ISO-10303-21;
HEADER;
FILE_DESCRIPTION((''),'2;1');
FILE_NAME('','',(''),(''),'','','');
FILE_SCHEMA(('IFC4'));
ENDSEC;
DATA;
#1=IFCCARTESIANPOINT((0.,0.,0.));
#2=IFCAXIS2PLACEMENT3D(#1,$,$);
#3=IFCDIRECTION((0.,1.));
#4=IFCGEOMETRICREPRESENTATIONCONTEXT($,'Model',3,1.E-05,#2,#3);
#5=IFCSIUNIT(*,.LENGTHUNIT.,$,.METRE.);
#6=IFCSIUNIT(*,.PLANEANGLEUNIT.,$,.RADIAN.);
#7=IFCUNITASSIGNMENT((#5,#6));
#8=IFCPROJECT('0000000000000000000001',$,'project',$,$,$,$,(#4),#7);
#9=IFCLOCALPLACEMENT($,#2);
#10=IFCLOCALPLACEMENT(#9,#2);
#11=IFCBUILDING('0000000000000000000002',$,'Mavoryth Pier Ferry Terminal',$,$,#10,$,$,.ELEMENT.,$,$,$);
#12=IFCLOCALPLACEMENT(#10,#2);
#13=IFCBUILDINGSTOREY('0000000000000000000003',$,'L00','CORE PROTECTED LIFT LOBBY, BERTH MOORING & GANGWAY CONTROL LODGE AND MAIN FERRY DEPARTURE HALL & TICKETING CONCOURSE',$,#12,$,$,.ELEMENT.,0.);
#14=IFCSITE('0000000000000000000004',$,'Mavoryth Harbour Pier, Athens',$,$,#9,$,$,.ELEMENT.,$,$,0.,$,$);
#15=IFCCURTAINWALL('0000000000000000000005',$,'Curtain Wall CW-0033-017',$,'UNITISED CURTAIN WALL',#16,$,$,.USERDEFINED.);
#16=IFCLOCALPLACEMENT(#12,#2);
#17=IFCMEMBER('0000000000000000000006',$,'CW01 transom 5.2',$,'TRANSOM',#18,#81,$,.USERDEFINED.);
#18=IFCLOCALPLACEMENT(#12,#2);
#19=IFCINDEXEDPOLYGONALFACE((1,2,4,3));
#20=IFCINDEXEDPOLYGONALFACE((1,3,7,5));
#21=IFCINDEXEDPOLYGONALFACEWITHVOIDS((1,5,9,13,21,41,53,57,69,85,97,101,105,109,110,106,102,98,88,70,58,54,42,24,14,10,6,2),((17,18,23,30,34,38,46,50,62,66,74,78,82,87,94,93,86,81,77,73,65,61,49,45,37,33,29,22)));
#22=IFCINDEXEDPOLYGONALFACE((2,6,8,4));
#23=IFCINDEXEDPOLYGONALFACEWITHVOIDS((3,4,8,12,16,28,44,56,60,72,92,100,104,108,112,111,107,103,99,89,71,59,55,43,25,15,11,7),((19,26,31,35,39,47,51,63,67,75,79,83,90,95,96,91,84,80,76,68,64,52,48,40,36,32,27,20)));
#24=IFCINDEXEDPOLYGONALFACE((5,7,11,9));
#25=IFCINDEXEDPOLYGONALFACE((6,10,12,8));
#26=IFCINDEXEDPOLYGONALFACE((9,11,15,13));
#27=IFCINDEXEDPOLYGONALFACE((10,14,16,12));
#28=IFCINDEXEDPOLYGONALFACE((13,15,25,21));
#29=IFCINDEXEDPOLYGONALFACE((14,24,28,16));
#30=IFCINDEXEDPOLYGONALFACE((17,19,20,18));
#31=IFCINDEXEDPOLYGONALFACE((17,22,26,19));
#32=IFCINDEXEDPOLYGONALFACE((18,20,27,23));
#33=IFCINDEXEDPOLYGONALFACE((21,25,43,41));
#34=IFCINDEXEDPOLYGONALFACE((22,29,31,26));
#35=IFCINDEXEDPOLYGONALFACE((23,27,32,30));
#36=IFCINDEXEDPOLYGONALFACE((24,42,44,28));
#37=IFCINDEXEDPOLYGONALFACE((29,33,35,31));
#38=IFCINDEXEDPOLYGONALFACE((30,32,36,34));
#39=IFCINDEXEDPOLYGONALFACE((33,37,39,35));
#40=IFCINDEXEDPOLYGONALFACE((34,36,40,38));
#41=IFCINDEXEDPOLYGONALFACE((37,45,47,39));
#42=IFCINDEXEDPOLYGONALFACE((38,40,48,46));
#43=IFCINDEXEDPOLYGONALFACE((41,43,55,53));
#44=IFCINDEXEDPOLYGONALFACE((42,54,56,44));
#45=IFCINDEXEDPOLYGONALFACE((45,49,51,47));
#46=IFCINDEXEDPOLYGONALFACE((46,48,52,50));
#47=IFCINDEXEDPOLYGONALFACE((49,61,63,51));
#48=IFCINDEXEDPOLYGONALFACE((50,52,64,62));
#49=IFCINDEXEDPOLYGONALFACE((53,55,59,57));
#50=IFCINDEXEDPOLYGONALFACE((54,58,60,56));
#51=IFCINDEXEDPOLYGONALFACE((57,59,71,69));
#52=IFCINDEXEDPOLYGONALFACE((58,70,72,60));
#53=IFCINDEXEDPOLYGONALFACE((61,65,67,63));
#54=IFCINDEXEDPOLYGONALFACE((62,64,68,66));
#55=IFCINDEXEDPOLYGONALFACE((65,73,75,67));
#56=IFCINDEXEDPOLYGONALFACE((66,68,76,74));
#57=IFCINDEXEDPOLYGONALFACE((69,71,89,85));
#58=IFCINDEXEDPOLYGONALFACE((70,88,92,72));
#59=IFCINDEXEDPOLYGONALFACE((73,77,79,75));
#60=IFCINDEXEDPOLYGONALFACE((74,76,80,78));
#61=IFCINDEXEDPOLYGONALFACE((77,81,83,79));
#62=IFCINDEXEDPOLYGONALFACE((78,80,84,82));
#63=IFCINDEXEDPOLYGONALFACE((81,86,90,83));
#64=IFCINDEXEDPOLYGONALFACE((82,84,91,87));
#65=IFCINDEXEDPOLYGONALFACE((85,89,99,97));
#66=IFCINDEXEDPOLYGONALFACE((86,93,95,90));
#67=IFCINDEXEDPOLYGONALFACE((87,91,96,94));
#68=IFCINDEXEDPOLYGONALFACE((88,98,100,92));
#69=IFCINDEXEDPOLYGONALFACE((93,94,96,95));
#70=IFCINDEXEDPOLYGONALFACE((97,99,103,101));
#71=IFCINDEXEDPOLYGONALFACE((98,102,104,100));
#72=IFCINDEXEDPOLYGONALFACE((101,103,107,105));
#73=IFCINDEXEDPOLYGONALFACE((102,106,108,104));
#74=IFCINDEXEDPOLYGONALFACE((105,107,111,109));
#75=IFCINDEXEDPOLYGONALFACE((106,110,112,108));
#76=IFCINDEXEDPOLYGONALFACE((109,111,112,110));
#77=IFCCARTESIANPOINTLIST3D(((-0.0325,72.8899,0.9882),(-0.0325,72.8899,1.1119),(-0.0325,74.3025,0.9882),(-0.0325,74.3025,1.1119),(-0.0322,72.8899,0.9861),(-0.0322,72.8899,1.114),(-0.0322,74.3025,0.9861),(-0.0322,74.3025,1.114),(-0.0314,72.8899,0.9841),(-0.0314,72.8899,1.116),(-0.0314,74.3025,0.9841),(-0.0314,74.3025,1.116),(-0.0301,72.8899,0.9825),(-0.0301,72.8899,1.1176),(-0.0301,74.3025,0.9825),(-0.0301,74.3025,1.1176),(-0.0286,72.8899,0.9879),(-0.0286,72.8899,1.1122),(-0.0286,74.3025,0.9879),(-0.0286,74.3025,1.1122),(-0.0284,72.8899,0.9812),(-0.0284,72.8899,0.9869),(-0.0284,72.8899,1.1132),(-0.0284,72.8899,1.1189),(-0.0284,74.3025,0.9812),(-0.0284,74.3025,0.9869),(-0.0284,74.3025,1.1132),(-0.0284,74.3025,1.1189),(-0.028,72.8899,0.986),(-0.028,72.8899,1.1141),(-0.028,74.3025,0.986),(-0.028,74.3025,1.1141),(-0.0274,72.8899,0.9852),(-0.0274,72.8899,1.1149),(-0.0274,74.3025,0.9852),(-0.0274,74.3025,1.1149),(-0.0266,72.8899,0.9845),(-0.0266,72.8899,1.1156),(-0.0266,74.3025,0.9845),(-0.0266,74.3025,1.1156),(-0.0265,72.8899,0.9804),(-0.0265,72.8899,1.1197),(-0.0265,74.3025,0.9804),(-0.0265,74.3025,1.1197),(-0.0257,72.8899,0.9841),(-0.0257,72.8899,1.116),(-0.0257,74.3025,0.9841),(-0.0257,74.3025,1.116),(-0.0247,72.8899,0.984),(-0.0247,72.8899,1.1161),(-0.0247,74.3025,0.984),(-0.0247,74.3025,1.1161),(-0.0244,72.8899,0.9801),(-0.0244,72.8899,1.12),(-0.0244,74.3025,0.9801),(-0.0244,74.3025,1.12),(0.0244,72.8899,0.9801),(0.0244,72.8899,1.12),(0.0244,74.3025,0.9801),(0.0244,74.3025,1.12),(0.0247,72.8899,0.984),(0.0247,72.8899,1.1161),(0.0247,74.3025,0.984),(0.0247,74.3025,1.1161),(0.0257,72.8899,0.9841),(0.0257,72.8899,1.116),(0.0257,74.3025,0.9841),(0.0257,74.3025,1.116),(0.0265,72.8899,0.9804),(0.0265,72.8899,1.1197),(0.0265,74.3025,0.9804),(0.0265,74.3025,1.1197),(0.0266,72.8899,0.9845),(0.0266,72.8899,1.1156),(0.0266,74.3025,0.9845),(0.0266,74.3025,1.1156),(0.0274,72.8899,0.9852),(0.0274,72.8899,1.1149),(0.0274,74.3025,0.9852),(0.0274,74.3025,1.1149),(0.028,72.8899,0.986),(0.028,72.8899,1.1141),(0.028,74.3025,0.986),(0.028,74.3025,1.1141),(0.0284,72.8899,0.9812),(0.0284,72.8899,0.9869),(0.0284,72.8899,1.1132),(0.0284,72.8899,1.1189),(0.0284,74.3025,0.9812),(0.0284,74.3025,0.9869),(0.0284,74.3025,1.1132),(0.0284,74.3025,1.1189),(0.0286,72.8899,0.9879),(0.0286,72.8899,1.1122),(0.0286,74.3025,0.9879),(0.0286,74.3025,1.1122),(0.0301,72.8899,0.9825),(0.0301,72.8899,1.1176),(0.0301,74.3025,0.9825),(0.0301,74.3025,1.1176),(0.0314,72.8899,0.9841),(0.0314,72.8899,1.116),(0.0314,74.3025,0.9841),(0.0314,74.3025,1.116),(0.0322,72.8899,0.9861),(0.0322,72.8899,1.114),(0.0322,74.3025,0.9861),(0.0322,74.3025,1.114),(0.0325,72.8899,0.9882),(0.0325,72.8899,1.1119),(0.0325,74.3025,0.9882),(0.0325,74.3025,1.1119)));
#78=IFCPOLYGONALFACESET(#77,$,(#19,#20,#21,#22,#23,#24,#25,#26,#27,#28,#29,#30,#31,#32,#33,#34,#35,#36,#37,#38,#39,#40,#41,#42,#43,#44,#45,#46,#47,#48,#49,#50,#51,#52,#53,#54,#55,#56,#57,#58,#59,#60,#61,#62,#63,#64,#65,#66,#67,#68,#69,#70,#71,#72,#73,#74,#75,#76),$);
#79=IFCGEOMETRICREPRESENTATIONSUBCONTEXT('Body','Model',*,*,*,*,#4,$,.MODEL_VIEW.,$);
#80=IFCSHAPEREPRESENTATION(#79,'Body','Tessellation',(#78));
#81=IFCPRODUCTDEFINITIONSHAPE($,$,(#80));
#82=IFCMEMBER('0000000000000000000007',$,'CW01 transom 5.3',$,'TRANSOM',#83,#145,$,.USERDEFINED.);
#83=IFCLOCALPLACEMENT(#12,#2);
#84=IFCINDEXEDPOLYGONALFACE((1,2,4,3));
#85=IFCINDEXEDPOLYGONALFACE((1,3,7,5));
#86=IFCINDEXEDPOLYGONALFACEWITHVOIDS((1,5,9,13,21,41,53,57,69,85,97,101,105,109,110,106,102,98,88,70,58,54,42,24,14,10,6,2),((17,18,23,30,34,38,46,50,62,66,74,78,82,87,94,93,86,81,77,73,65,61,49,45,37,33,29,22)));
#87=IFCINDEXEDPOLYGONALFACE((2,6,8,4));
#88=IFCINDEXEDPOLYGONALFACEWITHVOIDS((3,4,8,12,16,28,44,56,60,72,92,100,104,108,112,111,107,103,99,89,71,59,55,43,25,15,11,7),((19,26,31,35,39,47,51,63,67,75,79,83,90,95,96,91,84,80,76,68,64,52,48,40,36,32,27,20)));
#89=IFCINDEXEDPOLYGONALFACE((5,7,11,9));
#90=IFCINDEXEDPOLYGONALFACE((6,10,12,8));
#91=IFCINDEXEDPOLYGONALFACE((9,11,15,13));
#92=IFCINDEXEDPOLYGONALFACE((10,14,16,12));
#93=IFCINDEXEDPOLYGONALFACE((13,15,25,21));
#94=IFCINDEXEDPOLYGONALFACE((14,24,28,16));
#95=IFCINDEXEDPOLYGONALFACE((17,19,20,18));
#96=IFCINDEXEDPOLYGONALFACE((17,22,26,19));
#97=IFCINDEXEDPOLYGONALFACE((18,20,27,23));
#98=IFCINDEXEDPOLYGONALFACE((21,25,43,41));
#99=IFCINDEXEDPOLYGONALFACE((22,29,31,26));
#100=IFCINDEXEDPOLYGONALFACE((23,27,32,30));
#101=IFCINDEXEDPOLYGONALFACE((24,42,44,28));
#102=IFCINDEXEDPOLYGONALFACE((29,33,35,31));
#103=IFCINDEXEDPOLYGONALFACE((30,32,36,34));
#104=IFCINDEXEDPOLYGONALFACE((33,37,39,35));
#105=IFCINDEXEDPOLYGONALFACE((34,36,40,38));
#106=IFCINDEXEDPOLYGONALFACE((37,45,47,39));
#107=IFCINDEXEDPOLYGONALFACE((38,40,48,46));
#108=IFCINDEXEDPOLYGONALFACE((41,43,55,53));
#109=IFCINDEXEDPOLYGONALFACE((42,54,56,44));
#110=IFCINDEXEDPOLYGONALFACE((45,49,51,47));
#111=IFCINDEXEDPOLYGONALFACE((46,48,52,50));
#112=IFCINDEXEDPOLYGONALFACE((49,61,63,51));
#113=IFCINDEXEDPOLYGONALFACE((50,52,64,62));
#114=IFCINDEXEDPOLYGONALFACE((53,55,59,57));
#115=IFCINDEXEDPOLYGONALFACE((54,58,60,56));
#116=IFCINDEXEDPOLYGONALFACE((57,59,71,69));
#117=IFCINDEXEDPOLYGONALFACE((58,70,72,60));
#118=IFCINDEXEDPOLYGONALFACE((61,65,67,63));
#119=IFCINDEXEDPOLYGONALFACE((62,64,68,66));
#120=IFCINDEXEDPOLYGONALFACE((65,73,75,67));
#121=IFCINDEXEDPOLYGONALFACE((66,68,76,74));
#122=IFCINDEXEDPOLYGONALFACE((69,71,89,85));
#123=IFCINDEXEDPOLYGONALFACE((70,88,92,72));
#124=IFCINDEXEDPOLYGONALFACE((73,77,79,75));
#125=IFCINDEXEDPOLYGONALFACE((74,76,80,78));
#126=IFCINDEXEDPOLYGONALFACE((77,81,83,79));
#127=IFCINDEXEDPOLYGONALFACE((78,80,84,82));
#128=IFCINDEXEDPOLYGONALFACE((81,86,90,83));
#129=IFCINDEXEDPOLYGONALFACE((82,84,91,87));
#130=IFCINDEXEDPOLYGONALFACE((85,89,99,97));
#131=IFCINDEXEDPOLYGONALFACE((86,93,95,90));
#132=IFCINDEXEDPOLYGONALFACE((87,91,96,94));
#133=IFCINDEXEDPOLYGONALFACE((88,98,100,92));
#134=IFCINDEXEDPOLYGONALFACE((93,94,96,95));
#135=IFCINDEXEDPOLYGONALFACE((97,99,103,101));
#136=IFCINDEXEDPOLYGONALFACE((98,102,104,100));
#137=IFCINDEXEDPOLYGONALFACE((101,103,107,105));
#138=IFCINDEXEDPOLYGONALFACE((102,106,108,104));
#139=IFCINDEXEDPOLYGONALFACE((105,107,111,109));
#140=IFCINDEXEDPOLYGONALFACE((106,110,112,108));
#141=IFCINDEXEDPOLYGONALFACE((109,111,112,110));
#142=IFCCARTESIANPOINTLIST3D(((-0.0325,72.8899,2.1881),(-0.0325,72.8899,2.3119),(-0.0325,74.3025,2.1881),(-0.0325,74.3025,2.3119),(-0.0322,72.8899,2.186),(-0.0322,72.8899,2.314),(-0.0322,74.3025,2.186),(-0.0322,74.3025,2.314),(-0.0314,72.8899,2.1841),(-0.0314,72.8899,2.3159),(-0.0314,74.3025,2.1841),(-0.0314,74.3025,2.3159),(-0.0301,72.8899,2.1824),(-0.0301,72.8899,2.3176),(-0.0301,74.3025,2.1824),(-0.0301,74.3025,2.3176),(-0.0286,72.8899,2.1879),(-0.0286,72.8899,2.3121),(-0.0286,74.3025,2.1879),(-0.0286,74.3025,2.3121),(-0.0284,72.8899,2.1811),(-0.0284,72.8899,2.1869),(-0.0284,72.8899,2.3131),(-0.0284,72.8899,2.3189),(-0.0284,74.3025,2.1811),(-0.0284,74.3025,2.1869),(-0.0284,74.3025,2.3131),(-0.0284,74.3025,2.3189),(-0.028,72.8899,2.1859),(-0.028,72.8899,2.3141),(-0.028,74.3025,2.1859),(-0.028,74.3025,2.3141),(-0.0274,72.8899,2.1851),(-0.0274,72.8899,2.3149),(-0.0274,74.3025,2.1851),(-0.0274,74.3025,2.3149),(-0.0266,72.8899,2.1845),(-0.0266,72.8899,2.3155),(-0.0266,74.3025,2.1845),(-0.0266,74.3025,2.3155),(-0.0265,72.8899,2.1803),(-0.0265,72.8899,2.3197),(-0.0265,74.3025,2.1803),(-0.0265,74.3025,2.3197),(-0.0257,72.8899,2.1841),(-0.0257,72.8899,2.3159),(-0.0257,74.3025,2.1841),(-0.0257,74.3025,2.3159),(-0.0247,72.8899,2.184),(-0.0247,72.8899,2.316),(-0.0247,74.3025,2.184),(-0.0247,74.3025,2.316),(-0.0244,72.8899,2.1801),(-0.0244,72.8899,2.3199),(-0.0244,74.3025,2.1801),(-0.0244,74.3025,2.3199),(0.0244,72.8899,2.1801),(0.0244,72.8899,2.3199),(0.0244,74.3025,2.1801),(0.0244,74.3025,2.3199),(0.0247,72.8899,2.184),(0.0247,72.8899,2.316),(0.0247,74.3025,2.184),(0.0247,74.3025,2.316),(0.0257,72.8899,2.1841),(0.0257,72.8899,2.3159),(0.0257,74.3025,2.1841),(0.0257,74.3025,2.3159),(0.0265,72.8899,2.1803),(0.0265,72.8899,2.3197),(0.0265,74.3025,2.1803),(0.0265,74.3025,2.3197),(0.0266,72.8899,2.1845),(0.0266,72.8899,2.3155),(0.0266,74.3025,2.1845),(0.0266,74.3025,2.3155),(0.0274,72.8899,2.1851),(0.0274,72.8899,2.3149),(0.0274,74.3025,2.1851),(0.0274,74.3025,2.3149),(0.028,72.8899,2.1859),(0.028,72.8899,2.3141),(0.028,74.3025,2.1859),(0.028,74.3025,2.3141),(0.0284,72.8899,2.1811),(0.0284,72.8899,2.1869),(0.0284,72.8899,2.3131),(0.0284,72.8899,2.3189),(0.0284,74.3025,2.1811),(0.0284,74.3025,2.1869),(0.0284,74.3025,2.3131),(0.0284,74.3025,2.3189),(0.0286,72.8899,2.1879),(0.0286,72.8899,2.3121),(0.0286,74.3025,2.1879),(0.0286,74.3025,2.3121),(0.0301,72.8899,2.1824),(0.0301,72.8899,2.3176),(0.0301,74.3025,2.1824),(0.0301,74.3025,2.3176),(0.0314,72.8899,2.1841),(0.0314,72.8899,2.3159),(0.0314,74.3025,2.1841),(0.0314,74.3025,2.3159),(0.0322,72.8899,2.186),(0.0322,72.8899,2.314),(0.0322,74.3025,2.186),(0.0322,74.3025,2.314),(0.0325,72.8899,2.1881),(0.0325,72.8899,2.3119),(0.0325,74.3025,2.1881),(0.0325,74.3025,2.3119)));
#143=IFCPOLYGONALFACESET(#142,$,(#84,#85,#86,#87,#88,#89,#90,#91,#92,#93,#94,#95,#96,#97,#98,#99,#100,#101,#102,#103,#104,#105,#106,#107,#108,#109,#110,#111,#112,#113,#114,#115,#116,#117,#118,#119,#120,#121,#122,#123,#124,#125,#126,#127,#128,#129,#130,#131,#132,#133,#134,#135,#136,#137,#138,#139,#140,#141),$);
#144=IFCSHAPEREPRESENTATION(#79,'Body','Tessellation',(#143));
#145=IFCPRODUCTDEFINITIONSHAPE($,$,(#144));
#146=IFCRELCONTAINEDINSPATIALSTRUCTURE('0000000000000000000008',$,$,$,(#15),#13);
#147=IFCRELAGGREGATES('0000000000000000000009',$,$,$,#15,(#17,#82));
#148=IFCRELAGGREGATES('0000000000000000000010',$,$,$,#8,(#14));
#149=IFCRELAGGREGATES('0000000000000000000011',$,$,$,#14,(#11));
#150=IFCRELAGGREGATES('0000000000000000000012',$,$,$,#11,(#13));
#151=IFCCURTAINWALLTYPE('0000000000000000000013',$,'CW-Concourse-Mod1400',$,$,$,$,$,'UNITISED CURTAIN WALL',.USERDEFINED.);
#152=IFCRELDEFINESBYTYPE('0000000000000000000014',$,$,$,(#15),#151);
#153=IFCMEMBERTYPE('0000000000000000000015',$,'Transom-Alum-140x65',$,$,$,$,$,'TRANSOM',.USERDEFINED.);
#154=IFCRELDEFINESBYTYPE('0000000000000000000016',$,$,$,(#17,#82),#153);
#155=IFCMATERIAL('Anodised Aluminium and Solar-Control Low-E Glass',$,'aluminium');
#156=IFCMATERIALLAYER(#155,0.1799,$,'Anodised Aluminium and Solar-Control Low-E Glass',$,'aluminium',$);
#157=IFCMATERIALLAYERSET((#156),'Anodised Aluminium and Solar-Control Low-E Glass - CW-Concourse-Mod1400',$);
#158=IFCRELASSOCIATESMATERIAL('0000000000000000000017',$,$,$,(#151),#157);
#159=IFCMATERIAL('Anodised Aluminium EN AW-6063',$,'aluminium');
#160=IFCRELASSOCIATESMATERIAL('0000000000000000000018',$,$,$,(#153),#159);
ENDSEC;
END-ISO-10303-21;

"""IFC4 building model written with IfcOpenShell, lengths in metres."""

from ifc_helpers import new_model, si_unit, direction, frame, origin, origin_2d, place, context, subcontext, project, spatial, hollow_rectangle, extrude, material, layer, layer_set, material_profile, profile_set, type_object, element, aggregate, save


model = new_model("IFC4")

# Units and contexts
model_context = context("Model", 3, precision=1e-05, world=origin(), true_north=direction((0.0, 1.0)))
body_context = subcontext(model_context, "Body", "Model", "MODEL_VIEW")
ifc_project = project(units=[si_unit("LENGTHUNIT", "METRE"), si_unit("PLANEANGLEUNIT", "RADIAN")], contexts=[model_context])

# Site, building, storey
site_placement = place(None, origin())
site = spatial("IfcSite", under=ifc_project, at=site_placement, Name="Mavoryth Harbour Pier, Athens", CompositionType="ELEMENT", RefElevation=0.0)
building_placement = place(site_placement, origin())
building = spatial("IfcBuilding", under=site, at=building_placement, Name="Mavoryth Pier Ferry Terminal", CompositionType="ELEMENT")
storey_placement = place(building_placement, origin())
storey = spatial("IfcBuildingStorey", under=building, at=storey_placement, Name="L00", Description="CORE PROTECTED LIFT LOBBY, BERTH MOORING & GANGWAY CONTROL LODGE AND MAIN FERRY DEPARTURE HALL & TICKETING CONCOURSE", CompositionType="ELEMENT", Elevation=0.0)

# Curtain wall, members
ifc_material_1 = material(Name="Anodised Aluminium and Solar-Control Low-E Glass", Category="aluminium")
ifc_layer_1 = layer(ifc_material_1, 0.1799, Name="Anodised Aluminium and Solar-Control Low-E Glass", Category="aluminium")
ifc_layer_set_1 = layer_set([ifc_layer_1], Name="Anodised Aluminium and Solar-Control Low-E Glass - CW-Concourse-Mod1400")
curtain_wall_type = type_object("IfcCurtainWallType", Name="CW-Concourse-Mod1400", ElementType="UNITISED CURTAIN WALL", PredefinedType="USERDEFINED", material=ifc_layer_set_1)
curtain_wall_placement = place(storey_placement, origin())
curtain_wall = element("IfcCurtainWall", 1, at=curtain_wall_placement, inside=storey, type_object=curtain_wall_type, Name="Curtain Wall CW-0033-017", ObjectType="UNITISED CURTAIN WALL", PredefinedType="USERDEFINED")
ifc_material_2 = material(Name="Anodised Aluminium EN AW-6063", Category="aluminium")
ifc_material_profile_1 = material_profile(ifc_material_2, hollow_rectangle(XDim=0.0649, YDim=0.1399, WallThickness=0.0039, InnerFilletRadius=0.0039, OuterFilletRadius=0.0081, at=origin_2d()), Name="AL-TRAN 140x65x4", Category="aluminium")
ifc_profile_set_1 = profile_set([ifc_material_profile_1], Name="Anodised Aluminium EN AW-6063 - AL-TRAN 140x65x4")
member_type_1 = type_object("IfcMemberType", Name="Transom-Alum-140x65", ElementType="TRANSOM", PredefinedType="USERDEFINED", material=ifc_profile_set_1)
member_1_placement = place(storey_placement, frame((0.0, 74.3025, 1.05), z_axis=(0.0, -1.0, 0.0), x_axis=(1.0, 0.0, 0.0)))
member_1 = element("IfcMember", 2, at=member_1_placement, type_object=member_type_1, Name="CW01 transom 5.2", ObjectType="TRANSOM", PredefinedType="USERDEFINED", context=body_context, shape_type="SweptSolid", body=[
    extrude(hollow_rectangle(XDim=0.0649, YDim=0.1399, WallThickness=0.0039, InnerFilletRadius=0.0039, OuterFilletRadius=0.0081, at=origin_2d()), origin(), (0.0, 0.0, 1.0), 1.4126),
])
member_2_placement = place(storey_placement, frame((0.0, 74.3025, 2.25), z_axis=(0.0, -1.0, 0.0), x_axis=(1.0, 0.0, 0.0)))
member_2 = element("IfcMember", 3, at=member_2_placement, type_object=member_type_1, Name="CW01 transom 5.3", ObjectType="TRANSOM", PredefinedType="USERDEFINED", context=body_context, shape_type="SweptSolid", body=[
    extrude(hollow_rectangle(XDim=0.0649, YDim=0.1399, WallThickness=0.0039, InnerFilletRadius=0.0039, OuterFilletRadius=0.0081, at=origin_2d()), origin(), (0.0, 0.0, 1.0), 1.4126),
])
aggregate(curtain_wall, [member_1, member_2])

save(model, "model.ifc")
